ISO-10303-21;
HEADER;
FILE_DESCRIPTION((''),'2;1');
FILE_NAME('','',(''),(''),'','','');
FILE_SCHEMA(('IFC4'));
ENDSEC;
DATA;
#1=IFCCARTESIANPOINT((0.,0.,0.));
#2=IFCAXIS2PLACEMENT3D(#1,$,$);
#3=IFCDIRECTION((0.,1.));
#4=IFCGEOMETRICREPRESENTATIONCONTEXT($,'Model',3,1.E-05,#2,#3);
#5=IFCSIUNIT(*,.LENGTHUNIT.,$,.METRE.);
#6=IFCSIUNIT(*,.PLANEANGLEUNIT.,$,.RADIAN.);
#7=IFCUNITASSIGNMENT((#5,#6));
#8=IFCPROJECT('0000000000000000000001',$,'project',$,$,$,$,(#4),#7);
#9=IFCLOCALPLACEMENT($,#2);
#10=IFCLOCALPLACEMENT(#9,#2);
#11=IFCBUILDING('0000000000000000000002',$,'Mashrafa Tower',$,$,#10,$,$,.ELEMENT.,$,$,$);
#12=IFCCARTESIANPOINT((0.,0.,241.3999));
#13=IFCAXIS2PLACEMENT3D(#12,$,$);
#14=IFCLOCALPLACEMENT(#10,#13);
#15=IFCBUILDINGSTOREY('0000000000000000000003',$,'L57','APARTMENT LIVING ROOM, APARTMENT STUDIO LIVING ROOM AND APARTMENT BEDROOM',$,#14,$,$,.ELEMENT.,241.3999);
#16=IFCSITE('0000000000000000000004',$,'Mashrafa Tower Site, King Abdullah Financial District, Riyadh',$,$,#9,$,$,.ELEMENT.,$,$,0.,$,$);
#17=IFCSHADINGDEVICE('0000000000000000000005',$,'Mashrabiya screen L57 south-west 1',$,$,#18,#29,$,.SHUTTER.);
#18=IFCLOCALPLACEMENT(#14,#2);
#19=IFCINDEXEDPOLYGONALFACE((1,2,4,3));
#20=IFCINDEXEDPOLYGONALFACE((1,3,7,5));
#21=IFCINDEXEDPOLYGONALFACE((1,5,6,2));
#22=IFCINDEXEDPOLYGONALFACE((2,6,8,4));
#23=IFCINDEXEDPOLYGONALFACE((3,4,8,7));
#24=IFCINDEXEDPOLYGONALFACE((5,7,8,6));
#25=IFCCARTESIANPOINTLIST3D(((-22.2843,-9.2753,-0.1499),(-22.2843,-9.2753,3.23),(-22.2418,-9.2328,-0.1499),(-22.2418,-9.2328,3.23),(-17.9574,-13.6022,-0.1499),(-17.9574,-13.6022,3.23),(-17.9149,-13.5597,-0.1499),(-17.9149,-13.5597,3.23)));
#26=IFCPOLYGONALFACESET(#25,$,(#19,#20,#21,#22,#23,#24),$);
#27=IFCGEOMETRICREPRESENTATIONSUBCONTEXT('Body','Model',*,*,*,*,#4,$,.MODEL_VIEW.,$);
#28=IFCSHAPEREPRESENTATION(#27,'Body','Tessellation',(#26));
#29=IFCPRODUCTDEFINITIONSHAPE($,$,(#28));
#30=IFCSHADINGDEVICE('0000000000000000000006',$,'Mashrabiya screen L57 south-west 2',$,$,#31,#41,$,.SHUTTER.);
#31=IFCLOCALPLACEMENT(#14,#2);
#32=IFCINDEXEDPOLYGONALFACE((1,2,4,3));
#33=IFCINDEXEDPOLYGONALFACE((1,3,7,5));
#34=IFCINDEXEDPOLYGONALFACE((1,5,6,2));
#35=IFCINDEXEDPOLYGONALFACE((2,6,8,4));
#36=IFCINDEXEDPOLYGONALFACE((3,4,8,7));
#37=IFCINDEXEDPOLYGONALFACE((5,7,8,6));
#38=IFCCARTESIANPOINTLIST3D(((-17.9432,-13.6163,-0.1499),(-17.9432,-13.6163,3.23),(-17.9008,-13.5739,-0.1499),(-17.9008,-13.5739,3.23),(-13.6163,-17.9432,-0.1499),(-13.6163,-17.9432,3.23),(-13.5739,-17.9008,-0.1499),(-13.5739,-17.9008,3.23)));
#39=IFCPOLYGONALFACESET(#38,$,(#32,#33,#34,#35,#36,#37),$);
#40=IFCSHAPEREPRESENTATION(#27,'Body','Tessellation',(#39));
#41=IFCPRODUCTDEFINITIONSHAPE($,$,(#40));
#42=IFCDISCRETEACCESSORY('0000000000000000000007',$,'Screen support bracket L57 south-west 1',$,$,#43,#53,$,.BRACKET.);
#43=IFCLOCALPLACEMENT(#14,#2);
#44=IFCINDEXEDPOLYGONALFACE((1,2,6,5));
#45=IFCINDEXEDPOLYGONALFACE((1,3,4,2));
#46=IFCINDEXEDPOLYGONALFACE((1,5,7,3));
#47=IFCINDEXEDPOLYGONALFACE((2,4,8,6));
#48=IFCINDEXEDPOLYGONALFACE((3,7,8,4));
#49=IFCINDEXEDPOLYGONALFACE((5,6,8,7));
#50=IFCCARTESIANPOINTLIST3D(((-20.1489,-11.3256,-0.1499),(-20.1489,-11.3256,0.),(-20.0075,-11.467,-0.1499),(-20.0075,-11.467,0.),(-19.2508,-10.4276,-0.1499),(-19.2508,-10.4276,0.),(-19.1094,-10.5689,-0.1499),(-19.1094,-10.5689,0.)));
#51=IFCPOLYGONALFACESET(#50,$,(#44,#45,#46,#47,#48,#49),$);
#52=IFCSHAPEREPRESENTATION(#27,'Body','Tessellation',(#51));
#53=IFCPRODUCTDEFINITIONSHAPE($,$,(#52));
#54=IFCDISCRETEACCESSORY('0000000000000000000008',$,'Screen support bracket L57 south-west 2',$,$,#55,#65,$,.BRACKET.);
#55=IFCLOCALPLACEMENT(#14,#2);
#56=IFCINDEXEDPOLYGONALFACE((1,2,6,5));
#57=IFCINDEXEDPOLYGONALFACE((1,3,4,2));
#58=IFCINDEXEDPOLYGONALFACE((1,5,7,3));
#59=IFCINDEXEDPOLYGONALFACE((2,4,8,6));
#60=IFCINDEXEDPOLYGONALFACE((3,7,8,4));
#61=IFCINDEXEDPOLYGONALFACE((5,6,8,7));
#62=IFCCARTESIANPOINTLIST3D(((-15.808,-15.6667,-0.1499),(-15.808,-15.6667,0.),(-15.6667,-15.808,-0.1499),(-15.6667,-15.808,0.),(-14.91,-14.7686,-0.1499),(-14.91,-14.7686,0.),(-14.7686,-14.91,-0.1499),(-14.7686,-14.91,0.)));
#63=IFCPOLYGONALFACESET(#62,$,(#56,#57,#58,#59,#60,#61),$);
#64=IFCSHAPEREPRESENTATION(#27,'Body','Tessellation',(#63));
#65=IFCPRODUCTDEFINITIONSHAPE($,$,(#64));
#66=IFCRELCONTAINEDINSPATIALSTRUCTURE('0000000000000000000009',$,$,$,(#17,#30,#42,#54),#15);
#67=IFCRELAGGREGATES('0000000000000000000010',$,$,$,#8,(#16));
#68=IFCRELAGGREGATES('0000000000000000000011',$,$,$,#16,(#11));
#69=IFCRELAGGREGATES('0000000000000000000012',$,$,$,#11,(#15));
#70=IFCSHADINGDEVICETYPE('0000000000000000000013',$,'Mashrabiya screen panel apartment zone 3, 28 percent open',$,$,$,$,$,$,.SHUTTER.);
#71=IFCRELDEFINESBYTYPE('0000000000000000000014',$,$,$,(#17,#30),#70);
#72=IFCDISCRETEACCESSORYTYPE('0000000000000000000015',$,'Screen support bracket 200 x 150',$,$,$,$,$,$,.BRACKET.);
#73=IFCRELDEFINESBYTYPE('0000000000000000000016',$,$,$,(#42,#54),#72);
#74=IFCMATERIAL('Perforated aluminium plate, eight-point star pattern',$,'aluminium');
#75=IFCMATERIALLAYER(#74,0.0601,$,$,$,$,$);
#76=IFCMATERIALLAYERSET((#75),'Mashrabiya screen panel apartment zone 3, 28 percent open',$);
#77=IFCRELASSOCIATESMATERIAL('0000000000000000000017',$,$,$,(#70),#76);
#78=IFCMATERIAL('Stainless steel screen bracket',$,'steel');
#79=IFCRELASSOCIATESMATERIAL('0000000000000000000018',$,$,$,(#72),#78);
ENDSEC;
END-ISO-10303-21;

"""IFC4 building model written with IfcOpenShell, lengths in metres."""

from ifc_helpers import new_model, si_unit, direction, frame, origin, origin_2d, place, context, subcontext, project, spatial, rectangle, extrude, source, transform, mapped, material, layer, layer_set, type_object, type_shapes, element, save


model = new_model("IFC4")

# Units and contexts
model_context = context("Model", 3, precision=1e-05, world=origin(), true_north=direction((0.0, 1.0)))
body_context = subcontext(model_context, "Body", "Model", "MODEL_VIEW")
ifc_project = project(units=[si_unit("LENGTHUNIT", "METRE"), si_unit("PLANEANGLEUNIT", "RADIAN")], contexts=[model_context])

# Site, building, storey
site_placement = place(None, origin())
site = spatial("IfcSite", under=ifc_project, at=site_placement, Name="Mashrafa Tower Site, King Abdullah Financial District, Riyadh", CompositionType="ELEMENT", RefElevation=0.0)
building_placement = place(site_placement, origin())
building = spatial("IfcBuilding", under=site, at=building_placement, Name="Mashrafa Tower", CompositionType="ELEMENT")
storey_placement = place(building_placement, frame((0.0, 0.0, 241.3999)))
storey = spatial("IfcBuildingStorey", under=building, at=storey_placement, Name="L57", Description="APARTMENT LIVING ROOM, APARTMENT STUDIO LIVING ROOM AND APARTMENT BEDROOM", CompositionType="ELEMENT", Elevation=241.3999)

# Shading devices
ifc_material_1 = material(Name="Perforated aluminium plate, eight-point star pattern", Category="aluminium")
ifc_layer_1 = layer(ifc_material_1, 0.0601)
ifc_layer_set_1 = layer_set([ifc_layer_1], Name="Mashrabiya screen panel apartment zone 3, 28 percent open")
shading_device_type = type_object("IfcShadingDeviceType", Name="Mashrabiya screen panel apartment zone 3, 28 percent open", PredefinedType="SHUTTER", material=ifc_layer_set_1)
shared_shape_1 = source(origin(), body_context, "Body", "SweptSolid", [
    extrude(rectangle(XDim=6.1191, YDim=0.0601, at=origin_2d()), origin(), (0.0, 0.0, 1.0), 3.3799),
])
type_shapes(shading_device_type, [shared_shape_1])
for number, where, z_axis, x_axis, name in (
    (1, (-20.0996, -11.4175, -0.1499), (0.0, 0.0, 1.0), (0.707107, -0.707107, 0.0), "Mashrabiya screen L57 south-west 1"),
    (2, (-15.7585, -15.7585, -0.1499), (0.0, 0.0, 1.0), (0.707107, -0.707107, 0.0), "Mashrabiya screen L57 south-west 2"),
):
    element("IfcShadingDevice", number, at=place(storey_placement, frame(where, z_axis=z_axis, x_axis=x_axis)), inside=storey, type_object=shading_device_type, Name=name, PredefinedType="SHUTTER", context=body_context, shape_type="MappedRepresentation", body=[
        mapped(shared_shape_1, transform((0.0, 0.0, 0.0))),
    ])

# Discrete accessories
ifc_material_2 = material(Name="Stainless steel screen bracket", Category="steel")
discrete_accessory_type = type_object("IfcDiscreteAccessoryType", Name="Screen support bracket 200 x 150", PredefinedType="BRACKET", material=ifc_material_2)
shared_shape_2 = source(origin(), body_context, "Body", "SweptSolid", [
    extrude(rectangle(XDim=0.2, YDim=1.27, at=origin_2d()), origin(), (0.0, 0.0, 1.0), 0.1499),
])
type_shapes(discrete_accessory_type, [shared_shape_2])
for number, where, z_axis, x_axis, name in (
    (3, (-19.6292, -10.9473, -0.1499), (0.0, 0.0, 1.0), (0.707107, -0.707107, 0.0), "Screen support bracket L57 south-west 1"),
    (4, (-15.2883, -15.2883, -0.1499), (0.0, 0.0, 1.0), (0.707107, -0.707107, 0.0), "Screen support bracket L57 south-west 2"),
):
    element("IfcDiscreteAccessory", number, at=place(storey_placement, frame(where, z_axis=z_axis, x_axis=x_axis)), inside=storey, type_object=discrete_accessory_type, Name=name, PredefinedType="BRACKET", context=body_context, shape_type="MappedRepresentation", body=[
        mapped(shared_shape_2, transform((0.0, 0.0, 0.0))),
    ])

save(model, "model.ifc")
